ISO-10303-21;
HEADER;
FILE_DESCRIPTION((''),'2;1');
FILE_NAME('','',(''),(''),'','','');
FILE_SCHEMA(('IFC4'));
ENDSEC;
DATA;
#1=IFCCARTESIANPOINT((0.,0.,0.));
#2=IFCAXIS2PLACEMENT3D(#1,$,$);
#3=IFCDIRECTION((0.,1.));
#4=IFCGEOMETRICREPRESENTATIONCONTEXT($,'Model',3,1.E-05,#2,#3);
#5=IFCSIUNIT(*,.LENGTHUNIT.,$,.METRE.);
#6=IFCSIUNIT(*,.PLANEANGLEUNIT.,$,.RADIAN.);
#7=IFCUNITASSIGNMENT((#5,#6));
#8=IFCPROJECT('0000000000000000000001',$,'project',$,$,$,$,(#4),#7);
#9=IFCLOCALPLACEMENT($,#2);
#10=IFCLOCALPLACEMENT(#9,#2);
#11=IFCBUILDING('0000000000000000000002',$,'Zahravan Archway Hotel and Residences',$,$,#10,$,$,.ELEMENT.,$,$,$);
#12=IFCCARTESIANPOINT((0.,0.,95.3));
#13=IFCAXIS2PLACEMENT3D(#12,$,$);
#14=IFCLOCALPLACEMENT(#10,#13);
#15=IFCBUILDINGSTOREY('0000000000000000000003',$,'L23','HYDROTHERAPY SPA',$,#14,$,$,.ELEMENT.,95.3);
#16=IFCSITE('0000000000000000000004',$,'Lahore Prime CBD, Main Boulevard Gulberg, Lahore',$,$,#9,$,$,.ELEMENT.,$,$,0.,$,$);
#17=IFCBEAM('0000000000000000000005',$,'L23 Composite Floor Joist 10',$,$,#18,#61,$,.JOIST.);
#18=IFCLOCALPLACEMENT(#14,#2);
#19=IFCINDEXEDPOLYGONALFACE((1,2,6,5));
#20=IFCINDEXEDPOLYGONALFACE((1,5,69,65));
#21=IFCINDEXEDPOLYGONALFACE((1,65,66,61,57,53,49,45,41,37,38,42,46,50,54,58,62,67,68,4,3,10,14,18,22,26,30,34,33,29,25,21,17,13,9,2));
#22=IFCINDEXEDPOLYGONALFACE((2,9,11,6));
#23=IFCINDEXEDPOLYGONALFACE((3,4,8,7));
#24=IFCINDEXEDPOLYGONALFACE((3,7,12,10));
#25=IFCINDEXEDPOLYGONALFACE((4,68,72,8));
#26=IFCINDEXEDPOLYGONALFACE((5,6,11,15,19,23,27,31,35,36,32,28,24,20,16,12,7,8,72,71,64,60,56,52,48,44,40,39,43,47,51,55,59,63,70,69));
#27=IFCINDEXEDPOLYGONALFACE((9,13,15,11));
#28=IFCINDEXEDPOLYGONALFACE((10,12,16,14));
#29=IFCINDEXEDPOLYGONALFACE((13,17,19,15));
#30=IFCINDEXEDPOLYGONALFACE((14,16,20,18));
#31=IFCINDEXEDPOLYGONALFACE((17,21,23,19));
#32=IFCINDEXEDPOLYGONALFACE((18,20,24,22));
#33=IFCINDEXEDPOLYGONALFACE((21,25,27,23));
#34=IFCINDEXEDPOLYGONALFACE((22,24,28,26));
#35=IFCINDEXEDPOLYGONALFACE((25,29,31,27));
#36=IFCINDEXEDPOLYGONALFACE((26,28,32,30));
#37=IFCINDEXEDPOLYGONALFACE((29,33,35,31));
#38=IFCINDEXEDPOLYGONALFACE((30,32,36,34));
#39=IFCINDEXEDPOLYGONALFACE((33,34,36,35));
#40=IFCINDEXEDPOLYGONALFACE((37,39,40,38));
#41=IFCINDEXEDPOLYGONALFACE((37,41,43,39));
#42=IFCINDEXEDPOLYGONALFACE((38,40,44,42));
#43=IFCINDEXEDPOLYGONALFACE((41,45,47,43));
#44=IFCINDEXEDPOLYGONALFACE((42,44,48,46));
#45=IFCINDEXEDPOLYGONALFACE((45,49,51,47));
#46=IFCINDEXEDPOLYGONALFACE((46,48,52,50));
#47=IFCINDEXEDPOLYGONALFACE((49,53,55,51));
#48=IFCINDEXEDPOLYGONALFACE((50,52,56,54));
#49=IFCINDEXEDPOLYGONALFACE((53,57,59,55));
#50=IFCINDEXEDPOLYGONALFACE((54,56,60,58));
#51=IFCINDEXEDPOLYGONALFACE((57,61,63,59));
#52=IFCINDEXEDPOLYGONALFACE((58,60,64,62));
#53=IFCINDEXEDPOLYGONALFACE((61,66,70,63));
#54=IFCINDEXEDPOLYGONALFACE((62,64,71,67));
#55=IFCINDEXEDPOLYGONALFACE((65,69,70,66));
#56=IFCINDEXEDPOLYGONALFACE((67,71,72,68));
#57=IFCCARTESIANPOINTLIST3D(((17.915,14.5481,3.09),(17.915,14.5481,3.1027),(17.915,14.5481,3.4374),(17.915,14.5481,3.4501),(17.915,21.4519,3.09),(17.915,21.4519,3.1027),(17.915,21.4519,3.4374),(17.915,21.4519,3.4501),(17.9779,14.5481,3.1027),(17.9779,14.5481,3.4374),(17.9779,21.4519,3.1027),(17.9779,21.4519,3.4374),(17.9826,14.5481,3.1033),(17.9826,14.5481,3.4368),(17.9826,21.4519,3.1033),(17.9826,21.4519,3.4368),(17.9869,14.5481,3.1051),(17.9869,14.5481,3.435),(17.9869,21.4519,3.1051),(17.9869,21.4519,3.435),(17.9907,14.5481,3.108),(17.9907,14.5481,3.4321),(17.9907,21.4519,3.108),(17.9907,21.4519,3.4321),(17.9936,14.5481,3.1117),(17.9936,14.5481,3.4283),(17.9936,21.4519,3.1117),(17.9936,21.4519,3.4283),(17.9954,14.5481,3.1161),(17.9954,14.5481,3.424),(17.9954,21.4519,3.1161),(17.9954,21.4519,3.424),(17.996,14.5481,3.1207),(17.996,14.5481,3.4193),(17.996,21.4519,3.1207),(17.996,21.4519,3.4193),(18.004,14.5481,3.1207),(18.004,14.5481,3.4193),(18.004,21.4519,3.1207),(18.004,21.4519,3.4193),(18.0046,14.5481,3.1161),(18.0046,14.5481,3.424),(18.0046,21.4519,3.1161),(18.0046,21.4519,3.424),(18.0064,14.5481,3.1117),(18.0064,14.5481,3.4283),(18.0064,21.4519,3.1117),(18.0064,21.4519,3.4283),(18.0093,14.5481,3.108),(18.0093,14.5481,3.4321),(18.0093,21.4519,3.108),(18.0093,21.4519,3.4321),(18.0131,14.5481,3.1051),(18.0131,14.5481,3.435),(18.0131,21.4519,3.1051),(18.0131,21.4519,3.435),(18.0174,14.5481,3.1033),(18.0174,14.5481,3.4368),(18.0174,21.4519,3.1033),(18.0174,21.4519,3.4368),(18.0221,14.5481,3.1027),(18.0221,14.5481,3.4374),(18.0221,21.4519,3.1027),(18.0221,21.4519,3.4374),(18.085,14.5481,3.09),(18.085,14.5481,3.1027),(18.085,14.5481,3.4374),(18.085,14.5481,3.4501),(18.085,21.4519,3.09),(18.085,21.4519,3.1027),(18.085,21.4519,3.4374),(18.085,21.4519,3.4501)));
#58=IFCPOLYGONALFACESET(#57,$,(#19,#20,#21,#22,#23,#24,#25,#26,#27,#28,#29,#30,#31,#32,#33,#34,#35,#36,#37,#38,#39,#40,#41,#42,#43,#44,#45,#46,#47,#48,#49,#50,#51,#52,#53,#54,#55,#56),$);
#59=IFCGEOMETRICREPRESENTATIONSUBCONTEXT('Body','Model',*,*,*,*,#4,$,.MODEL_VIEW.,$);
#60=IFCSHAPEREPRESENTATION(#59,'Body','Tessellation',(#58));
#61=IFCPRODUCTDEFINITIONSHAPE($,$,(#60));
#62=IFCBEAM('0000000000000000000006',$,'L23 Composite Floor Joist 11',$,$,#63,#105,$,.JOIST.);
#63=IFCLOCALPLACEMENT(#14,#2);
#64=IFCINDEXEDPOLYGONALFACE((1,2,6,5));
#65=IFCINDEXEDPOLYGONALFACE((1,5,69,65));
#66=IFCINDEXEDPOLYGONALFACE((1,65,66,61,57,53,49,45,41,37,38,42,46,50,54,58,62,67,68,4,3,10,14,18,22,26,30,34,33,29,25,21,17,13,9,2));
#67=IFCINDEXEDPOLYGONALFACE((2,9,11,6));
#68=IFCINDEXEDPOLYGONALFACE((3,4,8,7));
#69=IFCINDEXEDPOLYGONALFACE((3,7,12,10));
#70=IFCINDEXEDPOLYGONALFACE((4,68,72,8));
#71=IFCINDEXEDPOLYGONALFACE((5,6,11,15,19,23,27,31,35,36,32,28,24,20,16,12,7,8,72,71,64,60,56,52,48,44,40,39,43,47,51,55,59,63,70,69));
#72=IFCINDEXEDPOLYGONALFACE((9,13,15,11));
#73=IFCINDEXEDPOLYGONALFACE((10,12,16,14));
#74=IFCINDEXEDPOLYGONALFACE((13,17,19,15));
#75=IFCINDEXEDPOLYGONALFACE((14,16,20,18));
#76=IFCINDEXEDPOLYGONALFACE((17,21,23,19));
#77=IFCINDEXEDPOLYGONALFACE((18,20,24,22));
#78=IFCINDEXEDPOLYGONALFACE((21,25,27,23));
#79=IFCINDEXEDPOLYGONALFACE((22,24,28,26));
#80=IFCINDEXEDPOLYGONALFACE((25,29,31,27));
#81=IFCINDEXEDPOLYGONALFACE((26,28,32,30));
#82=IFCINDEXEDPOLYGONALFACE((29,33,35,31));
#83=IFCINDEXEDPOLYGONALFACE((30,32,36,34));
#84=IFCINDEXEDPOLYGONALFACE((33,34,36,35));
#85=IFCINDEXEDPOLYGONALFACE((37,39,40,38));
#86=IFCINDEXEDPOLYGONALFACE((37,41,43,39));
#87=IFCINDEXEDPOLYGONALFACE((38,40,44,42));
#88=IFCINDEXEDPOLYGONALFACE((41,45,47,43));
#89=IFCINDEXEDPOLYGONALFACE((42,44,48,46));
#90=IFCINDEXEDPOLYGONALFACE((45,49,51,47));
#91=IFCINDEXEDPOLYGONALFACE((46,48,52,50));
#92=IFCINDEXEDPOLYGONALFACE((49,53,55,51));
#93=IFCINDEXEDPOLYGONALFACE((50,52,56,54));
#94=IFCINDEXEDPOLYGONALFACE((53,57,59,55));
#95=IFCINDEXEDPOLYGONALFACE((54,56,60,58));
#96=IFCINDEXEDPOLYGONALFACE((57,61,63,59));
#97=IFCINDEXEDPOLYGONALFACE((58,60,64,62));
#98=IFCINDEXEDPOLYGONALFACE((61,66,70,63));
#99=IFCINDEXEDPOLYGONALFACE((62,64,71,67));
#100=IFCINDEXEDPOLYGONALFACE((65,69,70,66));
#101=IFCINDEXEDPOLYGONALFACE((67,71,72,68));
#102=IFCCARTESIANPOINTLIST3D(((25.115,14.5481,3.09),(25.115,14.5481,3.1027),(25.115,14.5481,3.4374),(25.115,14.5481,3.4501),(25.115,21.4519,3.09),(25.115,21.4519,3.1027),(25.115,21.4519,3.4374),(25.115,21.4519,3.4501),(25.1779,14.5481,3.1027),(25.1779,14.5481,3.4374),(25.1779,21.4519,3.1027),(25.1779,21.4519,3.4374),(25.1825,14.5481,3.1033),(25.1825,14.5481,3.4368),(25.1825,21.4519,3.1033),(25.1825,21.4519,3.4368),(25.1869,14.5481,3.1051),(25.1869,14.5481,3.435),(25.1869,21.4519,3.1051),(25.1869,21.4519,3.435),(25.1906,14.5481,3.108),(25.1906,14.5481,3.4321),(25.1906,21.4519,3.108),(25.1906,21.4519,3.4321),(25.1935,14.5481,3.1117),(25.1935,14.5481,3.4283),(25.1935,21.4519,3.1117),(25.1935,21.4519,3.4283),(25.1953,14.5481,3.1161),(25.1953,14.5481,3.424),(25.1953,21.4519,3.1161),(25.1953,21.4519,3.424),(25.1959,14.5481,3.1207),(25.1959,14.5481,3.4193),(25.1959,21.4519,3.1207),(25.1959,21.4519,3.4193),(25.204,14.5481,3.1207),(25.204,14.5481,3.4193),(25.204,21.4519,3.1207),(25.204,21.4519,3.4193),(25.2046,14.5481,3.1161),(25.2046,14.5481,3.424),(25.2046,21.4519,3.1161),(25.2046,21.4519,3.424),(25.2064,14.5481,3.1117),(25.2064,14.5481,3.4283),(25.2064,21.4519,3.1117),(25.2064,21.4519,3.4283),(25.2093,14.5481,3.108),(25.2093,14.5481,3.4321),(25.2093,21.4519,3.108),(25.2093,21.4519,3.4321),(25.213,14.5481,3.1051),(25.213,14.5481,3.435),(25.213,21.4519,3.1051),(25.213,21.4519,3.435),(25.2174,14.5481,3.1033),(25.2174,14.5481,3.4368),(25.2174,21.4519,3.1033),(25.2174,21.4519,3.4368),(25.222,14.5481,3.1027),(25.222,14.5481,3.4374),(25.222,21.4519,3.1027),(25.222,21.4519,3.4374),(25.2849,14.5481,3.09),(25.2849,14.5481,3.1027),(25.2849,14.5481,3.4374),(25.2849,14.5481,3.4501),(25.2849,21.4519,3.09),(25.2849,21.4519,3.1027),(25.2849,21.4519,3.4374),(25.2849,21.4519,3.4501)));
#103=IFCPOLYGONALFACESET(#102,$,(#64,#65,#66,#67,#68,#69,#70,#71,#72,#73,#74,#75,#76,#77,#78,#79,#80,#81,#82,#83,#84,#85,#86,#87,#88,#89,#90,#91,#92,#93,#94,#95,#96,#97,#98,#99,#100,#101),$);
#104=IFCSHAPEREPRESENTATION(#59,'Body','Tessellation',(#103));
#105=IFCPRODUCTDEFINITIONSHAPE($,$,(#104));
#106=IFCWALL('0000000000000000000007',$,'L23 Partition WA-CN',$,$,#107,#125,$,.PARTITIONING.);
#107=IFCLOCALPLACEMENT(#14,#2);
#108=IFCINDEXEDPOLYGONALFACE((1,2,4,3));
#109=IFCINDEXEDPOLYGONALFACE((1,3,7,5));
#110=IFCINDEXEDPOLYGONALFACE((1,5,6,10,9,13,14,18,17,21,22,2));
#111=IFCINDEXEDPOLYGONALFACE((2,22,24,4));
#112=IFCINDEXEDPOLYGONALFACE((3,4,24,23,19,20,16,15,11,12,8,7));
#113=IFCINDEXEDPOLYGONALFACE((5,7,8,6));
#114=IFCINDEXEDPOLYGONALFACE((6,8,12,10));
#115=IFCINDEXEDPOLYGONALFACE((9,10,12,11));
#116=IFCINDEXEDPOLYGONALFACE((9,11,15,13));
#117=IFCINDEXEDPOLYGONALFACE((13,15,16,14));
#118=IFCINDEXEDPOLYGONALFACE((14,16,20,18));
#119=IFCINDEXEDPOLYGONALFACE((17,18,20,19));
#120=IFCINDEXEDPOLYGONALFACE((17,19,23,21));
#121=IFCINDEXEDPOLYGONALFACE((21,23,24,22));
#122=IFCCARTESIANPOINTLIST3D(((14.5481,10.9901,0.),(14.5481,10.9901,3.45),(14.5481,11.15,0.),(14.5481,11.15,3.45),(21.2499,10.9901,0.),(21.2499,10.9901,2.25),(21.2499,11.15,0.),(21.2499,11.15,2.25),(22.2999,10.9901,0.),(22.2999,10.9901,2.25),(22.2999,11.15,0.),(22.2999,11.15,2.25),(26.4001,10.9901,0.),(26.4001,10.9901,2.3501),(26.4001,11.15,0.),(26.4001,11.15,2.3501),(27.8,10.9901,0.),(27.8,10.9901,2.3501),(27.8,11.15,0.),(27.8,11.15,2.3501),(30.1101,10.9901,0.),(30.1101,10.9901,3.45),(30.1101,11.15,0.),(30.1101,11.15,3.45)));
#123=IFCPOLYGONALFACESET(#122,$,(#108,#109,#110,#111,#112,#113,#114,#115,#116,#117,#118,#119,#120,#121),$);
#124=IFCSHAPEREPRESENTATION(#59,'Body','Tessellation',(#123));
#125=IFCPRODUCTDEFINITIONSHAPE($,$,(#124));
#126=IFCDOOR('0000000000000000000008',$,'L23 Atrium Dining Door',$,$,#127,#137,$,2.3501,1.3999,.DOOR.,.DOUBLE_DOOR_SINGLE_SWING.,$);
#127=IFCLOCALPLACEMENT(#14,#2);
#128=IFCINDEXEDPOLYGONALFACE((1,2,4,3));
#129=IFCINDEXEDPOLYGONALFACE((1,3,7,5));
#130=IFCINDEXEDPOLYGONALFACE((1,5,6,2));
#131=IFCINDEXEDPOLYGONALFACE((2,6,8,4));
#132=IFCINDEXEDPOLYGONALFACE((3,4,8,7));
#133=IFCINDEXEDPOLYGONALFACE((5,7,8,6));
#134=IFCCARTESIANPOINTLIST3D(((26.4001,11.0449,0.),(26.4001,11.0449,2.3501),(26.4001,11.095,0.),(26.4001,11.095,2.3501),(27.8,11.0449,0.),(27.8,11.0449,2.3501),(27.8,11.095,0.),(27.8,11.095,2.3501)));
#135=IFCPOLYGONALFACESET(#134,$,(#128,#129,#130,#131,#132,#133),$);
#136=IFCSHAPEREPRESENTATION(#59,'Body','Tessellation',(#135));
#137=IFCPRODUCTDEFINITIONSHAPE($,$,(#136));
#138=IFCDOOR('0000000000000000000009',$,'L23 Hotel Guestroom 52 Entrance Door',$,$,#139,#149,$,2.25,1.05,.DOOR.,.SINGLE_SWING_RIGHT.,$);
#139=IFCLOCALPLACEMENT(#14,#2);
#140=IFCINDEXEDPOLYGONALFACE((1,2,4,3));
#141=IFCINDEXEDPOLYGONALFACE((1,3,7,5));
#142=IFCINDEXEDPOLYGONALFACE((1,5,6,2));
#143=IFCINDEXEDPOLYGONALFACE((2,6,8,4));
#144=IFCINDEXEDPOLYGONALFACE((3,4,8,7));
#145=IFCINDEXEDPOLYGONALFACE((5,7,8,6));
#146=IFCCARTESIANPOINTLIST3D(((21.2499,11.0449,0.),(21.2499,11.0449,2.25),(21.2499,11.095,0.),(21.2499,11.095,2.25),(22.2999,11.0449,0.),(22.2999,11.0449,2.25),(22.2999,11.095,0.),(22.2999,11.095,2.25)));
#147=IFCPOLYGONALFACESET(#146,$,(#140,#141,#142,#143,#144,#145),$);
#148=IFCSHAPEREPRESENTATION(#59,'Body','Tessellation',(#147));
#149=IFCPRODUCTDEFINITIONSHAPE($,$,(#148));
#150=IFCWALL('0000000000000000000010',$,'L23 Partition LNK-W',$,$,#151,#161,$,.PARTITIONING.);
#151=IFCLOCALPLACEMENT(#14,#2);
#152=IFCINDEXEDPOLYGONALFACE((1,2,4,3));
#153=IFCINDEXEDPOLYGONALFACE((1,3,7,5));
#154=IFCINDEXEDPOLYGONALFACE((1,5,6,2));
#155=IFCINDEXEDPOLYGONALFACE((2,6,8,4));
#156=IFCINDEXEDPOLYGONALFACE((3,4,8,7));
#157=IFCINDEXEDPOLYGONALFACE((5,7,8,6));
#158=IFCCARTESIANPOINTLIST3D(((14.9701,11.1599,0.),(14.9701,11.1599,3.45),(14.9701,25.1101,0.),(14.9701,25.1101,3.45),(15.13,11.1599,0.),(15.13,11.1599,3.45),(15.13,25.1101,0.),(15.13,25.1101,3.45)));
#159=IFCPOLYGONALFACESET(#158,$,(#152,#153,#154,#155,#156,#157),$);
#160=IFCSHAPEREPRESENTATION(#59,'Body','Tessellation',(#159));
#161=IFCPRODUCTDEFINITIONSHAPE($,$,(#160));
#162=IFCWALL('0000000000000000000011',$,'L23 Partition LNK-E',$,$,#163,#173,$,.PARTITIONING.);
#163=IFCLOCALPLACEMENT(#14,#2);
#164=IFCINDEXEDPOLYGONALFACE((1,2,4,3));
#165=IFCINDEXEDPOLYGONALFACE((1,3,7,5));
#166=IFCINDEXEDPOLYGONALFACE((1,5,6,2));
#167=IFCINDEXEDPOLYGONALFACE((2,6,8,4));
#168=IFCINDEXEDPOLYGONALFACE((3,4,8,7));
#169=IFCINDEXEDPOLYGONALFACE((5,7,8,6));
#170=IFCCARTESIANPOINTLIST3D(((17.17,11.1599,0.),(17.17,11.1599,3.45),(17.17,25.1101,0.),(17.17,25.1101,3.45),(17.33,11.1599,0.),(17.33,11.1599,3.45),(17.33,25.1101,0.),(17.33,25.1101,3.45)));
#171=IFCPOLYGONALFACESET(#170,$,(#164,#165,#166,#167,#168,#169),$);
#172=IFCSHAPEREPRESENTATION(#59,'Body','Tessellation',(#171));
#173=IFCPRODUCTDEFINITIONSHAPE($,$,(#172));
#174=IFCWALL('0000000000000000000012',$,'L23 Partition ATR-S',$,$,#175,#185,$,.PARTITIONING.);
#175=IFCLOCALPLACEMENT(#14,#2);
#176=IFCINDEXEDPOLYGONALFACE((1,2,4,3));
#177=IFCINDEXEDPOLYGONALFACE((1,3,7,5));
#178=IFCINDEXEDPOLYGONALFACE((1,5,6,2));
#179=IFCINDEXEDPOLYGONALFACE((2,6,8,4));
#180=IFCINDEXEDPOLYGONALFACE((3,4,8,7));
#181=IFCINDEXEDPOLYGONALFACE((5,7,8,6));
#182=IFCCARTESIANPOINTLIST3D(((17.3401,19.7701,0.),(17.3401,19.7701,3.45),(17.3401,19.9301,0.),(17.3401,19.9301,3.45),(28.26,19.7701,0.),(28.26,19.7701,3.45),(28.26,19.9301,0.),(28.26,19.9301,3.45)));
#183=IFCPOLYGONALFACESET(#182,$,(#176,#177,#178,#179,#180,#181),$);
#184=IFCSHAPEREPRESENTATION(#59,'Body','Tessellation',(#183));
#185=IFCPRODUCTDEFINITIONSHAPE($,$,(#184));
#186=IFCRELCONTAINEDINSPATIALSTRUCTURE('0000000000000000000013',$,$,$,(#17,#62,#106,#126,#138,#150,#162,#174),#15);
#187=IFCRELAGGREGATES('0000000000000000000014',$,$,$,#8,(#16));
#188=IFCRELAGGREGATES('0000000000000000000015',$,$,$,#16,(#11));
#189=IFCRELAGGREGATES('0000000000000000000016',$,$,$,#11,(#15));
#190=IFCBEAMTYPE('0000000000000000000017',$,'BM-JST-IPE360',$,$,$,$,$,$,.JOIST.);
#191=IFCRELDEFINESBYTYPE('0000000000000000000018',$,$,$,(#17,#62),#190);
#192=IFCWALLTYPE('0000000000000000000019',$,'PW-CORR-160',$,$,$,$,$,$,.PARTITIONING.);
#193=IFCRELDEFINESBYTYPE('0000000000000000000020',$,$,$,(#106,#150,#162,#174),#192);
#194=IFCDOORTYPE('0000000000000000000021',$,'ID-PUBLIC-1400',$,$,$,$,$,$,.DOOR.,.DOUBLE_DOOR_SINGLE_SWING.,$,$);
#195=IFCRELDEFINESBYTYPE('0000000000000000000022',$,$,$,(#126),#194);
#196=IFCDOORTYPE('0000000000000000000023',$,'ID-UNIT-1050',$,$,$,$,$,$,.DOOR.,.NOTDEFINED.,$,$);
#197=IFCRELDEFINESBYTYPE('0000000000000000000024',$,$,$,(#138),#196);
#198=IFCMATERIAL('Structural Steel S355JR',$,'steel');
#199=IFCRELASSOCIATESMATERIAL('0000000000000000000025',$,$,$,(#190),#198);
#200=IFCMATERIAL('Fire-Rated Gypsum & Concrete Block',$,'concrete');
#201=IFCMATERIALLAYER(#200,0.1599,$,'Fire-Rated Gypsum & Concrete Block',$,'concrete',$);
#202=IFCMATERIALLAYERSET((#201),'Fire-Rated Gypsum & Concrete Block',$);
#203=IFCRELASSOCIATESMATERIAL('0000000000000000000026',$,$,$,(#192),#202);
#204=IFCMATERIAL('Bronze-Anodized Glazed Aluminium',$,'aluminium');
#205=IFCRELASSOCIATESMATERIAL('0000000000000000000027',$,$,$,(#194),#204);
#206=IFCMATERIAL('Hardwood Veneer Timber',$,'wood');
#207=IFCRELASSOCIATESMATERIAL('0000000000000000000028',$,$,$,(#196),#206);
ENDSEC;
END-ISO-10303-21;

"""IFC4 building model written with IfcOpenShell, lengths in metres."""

from ifc_helpers import new_model, si_unit, direction, frame, frame_2d, origin, origin_2d, place, context, subcontext, project, spatial, rectangle, i_section, extrude, source, transform, mapped, material, layer, layer_set, material_profile, profile_set, type_object, type_shapes, element, fill, save


model = new_model("IFC4")

# Units and contexts
model_context = context("Model", 3, precision=1e-05, world=origin(), true_north=direction((0.0, 1.0)))
body_context = subcontext(model_context, "Body", "Model", "MODEL_VIEW")
ifc_project = project(units=[si_unit("LENGTHUNIT", "METRE"), si_unit("PLANEANGLEUNIT", "RADIAN")], contexts=[model_context])

# Site, building, storey
site_placement = place(None, origin())
site = spatial("IfcSite", under=ifc_project, at=site_placement, Name="Lahore Prime CBD, Main Boulevard Gulberg, Lahore", CompositionType="ELEMENT", RefElevation=0.0)
building_placement = place(site_placement, origin())
building = spatial("IfcBuilding", under=site, at=building_placement, Name="Zahravan Archway Hotel and Residences", CompositionType="ELEMENT")
storey_placement = place(building_placement, frame((0.0, 0.0, 95.3)))
storey = spatial("IfcBuildingStorey", under=building, at=storey_placement, Name="L23", Description="HYDROTHERAPY SPA", CompositionType="ELEMENT", Elevation=95.3)

# Beams
ifc_material_1 = material(Name="Structural Steel S355JR", Category="steel")
ifc_material_profile_1 = material_profile(ifc_material_1, i_section(OverallWidth=0.1699, OverallDepth=0.3601, WebThickness=0.0081, FlangeThickness=0.0127, FilletRadius=0.0181, at=origin_2d()), Name="IPE 360", Category="steel")
ifc_profile_set_1 = profile_set([ifc_material_profile_1], Name="Structural Steel S355JR")
beam_type_1 = type_object("IfcBeamType", Name="BM-JST-IPE360", PredefinedType="JOIST", material=ifc_profile_set_1)
shared_shape_1 = source(origin(), body_context, "Body", "SweptSolid", [
    extrude(i_section(OverallWidth=0.1699, OverallDepth=0.3601, WebThickness=0.0081, FlangeThickness=0.0127, FilletRadius=0.0181, at=origin_2d()), origin(), (0.0, 0.0, 1.0), 6.9038),
])
for number, where, z_axis, x_axis, name in (
    (1, (18.0, 14.5481, 3.27), (0.0, 1.0, 0.0), (-1.0, 0.0, 0.0), "L23 Composite Floor Joist 10"),
    (2, (25.2, 14.5481, 3.27), (0.0, 1.0, 0.0), (-1.0, 0.0, 0.0), "L23 Composite Floor Joist 11"),
):
    element("IfcBeam", number, at=place(storey_placement, frame(where, z_axis=z_axis, x_axis=x_axis)), inside=storey, type_object=beam_type_1, Name=name, PredefinedType="JOIST", context=body_context, shape_type="MappedRepresentation", body=[
        mapped(shared_shape_1, transform((0.0, 0.0, 0.0), scale=1.0)),
    ])

# Wall, openings, doors
ifc_material_2 = material(Name="Fire-Rated Gypsum & Concrete Block", Category="concrete")
ifc_layer_1 = layer(ifc_material_2, 0.1599, Name="Fire-Rated Gypsum & Concrete Block", Category="concrete")
ifc_layer_set_1 = layer_set([ifc_layer_1], Name="Fire-Rated Gypsum & Concrete Block")
wall_type_1 = type_object("IfcWallType", Name="PW-CORR-160", PredefinedType="PARTITIONING", material=ifc_layer_set_1)
wall_1_placement = place(storey_placement, frame((14.5481, 11.0701, 0.0), z_axis=(0.0, 0.0, 1.0), x_axis=(1.0, 0.0, 0.0)))
wall_1 = element("IfcWall", 3, at=wall_1_placement, inside=storey, type_object=wall_type_1, Name="L23 Partition WA-CN", PredefinedType="PARTITIONING", context=body_context, shape_type="SweptSolid", body=[
    extrude(rectangle(XDim=15.562, YDim=0.1599, at=frame_2d((7.781, 0.0))), origin(), (0.0, 0.0, 1.0), 3.45),
])
opening_1_placement = place(wall_1_placement, frame((6.7019, 0.0, 0.0)))
opening_1 = element("IfcOpeningElement", 4, at=opening_1_placement, cuts=wall_1, PredefinedType="OPENING", context=body_context, shape_type="SweptSolid", body=[
    extrude(rectangle(XDim=1.05, YDim=2.25, at=frame_2d((0.5249, 1.125))), frame((0.0, 0.0898, 0.0), z_axis=(0.0, -1.0, 0.0), x_axis=(1.0, 0.0, 0.0)), (0.0, 0.0, 1.0), 0.1799),
])
opening_2_placement = place(wall_1_placement, frame((11.8521, 0.0, 0.0)))
opening_2 = element("IfcOpeningElement", 5, at=opening_2_placement, cuts=wall_1, PredefinedType="OPENING", context=body_context, shape_type="SweptSolid", body=[
    extrude(rectangle(XDim=1.3999, YDim=2.3501, at=frame_2d((0.7, 1.175))), frame((0.0, 0.0898, 0.0), z_axis=(0.0, -1.0, 0.0), x_axis=(1.0, 0.0, 0.0)), (0.0, 0.0, 1.0), 0.1799),
])
ifc_material_3 = material(Name="Bronze-Anodized Glazed Aluminium", Category="aluminium")
door_type_1 = type_object("IfcDoorType", Name="ID-PUBLIC-1400", OperationType="DOUBLE_DOOR_SINGLE_SWING", PredefinedType="DOOR", material=ifc_material_3)
shared_shape_2 = source(origin(), body_context, "Body", "SweptSolid", [
    extrude(rectangle(XDim=1.3999, YDim=2.3501, at=frame_2d((0.7, 1.175))), frame((0.0, 0.0249, 0.0), z_axis=(0.0, -1.0, 0.0), x_axis=(1.0, 0.0, 0.0)), (0.0, 0.0, 1.0), 0.05),
])
type_shapes(door_type_1, [shared_shape_2])
door_1_placement = place(opening_2_placement, origin())
door_1 = element("IfcDoor", 6, at=door_1_placement, inside=storey, type_object=door_type_1, Name="L23 Atrium Dining Door", OperationType="DOUBLE_DOOR_SINGLE_SWING", OverallHeight=2.3501, OverallWidth=1.3999, PredefinedType="DOOR", context=body_context, shape_type="MappedRepresentation", body=[
    mapped(shared_shape_2, transform((0.0, 0.0, 0.0), scale=1.0)),
])
fill(opening_2, door_1)
ifc_material_4 = material(Name="Hardwood Veneer Timber", Category="wood")
door_type_2 = type_object("IfcDoorType", Name="ID-UNIT-1050", OperationType="NOTDEFINED", PredefinedType="DOOR", material=ifc_material_4)
shared_shape_3 = source(origin(), body_context, "Body", "SweptSolid", [
    extrude(rectangle(XDim=1.05, YDim=2.25, at=frame_2d((0.5249, 1.125))), frame((0.0, 0.0249, 0.0), z_axis=(0.0, -1.0, 0.0), x_axis=(1.0, 0.0, 0.0)), (0.0, 0.0, 1.0), 0.05),
])
type_shapes(door_type_2, [shared_shape_3])
door_2_placement = place(opening_1_placement, origin())
door_2 = element("IfcDoor", 7, at=door_2_placement, inside=storey, type_object=door_type_2, Name="L23 Hotel Guestroom 52 Entrance Door", OperationType="SINGLE_SWING_RIGHT", OverallHeight=2.25, OverallWidth=1.05, PredefinedType="DOOR", context=body_context, shape_type="MappedRepresentation", body=[
    mapped(shared_shape_3, transform((0.0, 0.0, 0.0), scale=1.0)),
])
fill(opening_1, door_2)

# Walls
for number, where, z_axis, x_axis, name in (
    (8, (15.05, 11.1599, 0.0), (0.0, 0.0, 1.0), (0.0, 1.0, 0.0), "L23 Partition LNK-W"),
    (9, (17.25, 11.1599, 0.0), (0.0, 0.0, 1.0), (0.0, 1.0, 0.0), "L23 Partition LNK-E"),
):
    element("IfcWall", number, at=place(storey_placement, frame(where, z_axis=z_axis, x_axis=x_axis)), inside=storey, type_object=wall_type_1, Name=name, PredefinedType="PARTITIONING", context=body_context, shape_type="SweptSolid", body=[
        extrude(rectangle(XDim=13.9502, YDim=0.1599, at=frame_2d((6.9751, 0.0))), origin(), (0.0, 0.0, 1.0), 3.45),
    ])
wall_2_placement = place(storey_placement, frame((17.3401, 19.8501, 0.0), z_axis=(0.0, 0.0, 1.0), x_axis=(1.0, 0.0, 0.0)))
element("IfcWall", 10, at=wall_2_placement, inside=storey, type_object=wall_type_1, Name="L23 Partition ATR-S", PredefinedType="PARTITIONING", context=body_context, shape_type="SweptSolid", body=[
    extrude(rectangle(XDim=10.9199, YDim=0.1599, at=frame_2d((5.46, 0.0))), origin(), (0.0, 0.0, 1.0), 3.45),
])

save(model, "model.ifc")
